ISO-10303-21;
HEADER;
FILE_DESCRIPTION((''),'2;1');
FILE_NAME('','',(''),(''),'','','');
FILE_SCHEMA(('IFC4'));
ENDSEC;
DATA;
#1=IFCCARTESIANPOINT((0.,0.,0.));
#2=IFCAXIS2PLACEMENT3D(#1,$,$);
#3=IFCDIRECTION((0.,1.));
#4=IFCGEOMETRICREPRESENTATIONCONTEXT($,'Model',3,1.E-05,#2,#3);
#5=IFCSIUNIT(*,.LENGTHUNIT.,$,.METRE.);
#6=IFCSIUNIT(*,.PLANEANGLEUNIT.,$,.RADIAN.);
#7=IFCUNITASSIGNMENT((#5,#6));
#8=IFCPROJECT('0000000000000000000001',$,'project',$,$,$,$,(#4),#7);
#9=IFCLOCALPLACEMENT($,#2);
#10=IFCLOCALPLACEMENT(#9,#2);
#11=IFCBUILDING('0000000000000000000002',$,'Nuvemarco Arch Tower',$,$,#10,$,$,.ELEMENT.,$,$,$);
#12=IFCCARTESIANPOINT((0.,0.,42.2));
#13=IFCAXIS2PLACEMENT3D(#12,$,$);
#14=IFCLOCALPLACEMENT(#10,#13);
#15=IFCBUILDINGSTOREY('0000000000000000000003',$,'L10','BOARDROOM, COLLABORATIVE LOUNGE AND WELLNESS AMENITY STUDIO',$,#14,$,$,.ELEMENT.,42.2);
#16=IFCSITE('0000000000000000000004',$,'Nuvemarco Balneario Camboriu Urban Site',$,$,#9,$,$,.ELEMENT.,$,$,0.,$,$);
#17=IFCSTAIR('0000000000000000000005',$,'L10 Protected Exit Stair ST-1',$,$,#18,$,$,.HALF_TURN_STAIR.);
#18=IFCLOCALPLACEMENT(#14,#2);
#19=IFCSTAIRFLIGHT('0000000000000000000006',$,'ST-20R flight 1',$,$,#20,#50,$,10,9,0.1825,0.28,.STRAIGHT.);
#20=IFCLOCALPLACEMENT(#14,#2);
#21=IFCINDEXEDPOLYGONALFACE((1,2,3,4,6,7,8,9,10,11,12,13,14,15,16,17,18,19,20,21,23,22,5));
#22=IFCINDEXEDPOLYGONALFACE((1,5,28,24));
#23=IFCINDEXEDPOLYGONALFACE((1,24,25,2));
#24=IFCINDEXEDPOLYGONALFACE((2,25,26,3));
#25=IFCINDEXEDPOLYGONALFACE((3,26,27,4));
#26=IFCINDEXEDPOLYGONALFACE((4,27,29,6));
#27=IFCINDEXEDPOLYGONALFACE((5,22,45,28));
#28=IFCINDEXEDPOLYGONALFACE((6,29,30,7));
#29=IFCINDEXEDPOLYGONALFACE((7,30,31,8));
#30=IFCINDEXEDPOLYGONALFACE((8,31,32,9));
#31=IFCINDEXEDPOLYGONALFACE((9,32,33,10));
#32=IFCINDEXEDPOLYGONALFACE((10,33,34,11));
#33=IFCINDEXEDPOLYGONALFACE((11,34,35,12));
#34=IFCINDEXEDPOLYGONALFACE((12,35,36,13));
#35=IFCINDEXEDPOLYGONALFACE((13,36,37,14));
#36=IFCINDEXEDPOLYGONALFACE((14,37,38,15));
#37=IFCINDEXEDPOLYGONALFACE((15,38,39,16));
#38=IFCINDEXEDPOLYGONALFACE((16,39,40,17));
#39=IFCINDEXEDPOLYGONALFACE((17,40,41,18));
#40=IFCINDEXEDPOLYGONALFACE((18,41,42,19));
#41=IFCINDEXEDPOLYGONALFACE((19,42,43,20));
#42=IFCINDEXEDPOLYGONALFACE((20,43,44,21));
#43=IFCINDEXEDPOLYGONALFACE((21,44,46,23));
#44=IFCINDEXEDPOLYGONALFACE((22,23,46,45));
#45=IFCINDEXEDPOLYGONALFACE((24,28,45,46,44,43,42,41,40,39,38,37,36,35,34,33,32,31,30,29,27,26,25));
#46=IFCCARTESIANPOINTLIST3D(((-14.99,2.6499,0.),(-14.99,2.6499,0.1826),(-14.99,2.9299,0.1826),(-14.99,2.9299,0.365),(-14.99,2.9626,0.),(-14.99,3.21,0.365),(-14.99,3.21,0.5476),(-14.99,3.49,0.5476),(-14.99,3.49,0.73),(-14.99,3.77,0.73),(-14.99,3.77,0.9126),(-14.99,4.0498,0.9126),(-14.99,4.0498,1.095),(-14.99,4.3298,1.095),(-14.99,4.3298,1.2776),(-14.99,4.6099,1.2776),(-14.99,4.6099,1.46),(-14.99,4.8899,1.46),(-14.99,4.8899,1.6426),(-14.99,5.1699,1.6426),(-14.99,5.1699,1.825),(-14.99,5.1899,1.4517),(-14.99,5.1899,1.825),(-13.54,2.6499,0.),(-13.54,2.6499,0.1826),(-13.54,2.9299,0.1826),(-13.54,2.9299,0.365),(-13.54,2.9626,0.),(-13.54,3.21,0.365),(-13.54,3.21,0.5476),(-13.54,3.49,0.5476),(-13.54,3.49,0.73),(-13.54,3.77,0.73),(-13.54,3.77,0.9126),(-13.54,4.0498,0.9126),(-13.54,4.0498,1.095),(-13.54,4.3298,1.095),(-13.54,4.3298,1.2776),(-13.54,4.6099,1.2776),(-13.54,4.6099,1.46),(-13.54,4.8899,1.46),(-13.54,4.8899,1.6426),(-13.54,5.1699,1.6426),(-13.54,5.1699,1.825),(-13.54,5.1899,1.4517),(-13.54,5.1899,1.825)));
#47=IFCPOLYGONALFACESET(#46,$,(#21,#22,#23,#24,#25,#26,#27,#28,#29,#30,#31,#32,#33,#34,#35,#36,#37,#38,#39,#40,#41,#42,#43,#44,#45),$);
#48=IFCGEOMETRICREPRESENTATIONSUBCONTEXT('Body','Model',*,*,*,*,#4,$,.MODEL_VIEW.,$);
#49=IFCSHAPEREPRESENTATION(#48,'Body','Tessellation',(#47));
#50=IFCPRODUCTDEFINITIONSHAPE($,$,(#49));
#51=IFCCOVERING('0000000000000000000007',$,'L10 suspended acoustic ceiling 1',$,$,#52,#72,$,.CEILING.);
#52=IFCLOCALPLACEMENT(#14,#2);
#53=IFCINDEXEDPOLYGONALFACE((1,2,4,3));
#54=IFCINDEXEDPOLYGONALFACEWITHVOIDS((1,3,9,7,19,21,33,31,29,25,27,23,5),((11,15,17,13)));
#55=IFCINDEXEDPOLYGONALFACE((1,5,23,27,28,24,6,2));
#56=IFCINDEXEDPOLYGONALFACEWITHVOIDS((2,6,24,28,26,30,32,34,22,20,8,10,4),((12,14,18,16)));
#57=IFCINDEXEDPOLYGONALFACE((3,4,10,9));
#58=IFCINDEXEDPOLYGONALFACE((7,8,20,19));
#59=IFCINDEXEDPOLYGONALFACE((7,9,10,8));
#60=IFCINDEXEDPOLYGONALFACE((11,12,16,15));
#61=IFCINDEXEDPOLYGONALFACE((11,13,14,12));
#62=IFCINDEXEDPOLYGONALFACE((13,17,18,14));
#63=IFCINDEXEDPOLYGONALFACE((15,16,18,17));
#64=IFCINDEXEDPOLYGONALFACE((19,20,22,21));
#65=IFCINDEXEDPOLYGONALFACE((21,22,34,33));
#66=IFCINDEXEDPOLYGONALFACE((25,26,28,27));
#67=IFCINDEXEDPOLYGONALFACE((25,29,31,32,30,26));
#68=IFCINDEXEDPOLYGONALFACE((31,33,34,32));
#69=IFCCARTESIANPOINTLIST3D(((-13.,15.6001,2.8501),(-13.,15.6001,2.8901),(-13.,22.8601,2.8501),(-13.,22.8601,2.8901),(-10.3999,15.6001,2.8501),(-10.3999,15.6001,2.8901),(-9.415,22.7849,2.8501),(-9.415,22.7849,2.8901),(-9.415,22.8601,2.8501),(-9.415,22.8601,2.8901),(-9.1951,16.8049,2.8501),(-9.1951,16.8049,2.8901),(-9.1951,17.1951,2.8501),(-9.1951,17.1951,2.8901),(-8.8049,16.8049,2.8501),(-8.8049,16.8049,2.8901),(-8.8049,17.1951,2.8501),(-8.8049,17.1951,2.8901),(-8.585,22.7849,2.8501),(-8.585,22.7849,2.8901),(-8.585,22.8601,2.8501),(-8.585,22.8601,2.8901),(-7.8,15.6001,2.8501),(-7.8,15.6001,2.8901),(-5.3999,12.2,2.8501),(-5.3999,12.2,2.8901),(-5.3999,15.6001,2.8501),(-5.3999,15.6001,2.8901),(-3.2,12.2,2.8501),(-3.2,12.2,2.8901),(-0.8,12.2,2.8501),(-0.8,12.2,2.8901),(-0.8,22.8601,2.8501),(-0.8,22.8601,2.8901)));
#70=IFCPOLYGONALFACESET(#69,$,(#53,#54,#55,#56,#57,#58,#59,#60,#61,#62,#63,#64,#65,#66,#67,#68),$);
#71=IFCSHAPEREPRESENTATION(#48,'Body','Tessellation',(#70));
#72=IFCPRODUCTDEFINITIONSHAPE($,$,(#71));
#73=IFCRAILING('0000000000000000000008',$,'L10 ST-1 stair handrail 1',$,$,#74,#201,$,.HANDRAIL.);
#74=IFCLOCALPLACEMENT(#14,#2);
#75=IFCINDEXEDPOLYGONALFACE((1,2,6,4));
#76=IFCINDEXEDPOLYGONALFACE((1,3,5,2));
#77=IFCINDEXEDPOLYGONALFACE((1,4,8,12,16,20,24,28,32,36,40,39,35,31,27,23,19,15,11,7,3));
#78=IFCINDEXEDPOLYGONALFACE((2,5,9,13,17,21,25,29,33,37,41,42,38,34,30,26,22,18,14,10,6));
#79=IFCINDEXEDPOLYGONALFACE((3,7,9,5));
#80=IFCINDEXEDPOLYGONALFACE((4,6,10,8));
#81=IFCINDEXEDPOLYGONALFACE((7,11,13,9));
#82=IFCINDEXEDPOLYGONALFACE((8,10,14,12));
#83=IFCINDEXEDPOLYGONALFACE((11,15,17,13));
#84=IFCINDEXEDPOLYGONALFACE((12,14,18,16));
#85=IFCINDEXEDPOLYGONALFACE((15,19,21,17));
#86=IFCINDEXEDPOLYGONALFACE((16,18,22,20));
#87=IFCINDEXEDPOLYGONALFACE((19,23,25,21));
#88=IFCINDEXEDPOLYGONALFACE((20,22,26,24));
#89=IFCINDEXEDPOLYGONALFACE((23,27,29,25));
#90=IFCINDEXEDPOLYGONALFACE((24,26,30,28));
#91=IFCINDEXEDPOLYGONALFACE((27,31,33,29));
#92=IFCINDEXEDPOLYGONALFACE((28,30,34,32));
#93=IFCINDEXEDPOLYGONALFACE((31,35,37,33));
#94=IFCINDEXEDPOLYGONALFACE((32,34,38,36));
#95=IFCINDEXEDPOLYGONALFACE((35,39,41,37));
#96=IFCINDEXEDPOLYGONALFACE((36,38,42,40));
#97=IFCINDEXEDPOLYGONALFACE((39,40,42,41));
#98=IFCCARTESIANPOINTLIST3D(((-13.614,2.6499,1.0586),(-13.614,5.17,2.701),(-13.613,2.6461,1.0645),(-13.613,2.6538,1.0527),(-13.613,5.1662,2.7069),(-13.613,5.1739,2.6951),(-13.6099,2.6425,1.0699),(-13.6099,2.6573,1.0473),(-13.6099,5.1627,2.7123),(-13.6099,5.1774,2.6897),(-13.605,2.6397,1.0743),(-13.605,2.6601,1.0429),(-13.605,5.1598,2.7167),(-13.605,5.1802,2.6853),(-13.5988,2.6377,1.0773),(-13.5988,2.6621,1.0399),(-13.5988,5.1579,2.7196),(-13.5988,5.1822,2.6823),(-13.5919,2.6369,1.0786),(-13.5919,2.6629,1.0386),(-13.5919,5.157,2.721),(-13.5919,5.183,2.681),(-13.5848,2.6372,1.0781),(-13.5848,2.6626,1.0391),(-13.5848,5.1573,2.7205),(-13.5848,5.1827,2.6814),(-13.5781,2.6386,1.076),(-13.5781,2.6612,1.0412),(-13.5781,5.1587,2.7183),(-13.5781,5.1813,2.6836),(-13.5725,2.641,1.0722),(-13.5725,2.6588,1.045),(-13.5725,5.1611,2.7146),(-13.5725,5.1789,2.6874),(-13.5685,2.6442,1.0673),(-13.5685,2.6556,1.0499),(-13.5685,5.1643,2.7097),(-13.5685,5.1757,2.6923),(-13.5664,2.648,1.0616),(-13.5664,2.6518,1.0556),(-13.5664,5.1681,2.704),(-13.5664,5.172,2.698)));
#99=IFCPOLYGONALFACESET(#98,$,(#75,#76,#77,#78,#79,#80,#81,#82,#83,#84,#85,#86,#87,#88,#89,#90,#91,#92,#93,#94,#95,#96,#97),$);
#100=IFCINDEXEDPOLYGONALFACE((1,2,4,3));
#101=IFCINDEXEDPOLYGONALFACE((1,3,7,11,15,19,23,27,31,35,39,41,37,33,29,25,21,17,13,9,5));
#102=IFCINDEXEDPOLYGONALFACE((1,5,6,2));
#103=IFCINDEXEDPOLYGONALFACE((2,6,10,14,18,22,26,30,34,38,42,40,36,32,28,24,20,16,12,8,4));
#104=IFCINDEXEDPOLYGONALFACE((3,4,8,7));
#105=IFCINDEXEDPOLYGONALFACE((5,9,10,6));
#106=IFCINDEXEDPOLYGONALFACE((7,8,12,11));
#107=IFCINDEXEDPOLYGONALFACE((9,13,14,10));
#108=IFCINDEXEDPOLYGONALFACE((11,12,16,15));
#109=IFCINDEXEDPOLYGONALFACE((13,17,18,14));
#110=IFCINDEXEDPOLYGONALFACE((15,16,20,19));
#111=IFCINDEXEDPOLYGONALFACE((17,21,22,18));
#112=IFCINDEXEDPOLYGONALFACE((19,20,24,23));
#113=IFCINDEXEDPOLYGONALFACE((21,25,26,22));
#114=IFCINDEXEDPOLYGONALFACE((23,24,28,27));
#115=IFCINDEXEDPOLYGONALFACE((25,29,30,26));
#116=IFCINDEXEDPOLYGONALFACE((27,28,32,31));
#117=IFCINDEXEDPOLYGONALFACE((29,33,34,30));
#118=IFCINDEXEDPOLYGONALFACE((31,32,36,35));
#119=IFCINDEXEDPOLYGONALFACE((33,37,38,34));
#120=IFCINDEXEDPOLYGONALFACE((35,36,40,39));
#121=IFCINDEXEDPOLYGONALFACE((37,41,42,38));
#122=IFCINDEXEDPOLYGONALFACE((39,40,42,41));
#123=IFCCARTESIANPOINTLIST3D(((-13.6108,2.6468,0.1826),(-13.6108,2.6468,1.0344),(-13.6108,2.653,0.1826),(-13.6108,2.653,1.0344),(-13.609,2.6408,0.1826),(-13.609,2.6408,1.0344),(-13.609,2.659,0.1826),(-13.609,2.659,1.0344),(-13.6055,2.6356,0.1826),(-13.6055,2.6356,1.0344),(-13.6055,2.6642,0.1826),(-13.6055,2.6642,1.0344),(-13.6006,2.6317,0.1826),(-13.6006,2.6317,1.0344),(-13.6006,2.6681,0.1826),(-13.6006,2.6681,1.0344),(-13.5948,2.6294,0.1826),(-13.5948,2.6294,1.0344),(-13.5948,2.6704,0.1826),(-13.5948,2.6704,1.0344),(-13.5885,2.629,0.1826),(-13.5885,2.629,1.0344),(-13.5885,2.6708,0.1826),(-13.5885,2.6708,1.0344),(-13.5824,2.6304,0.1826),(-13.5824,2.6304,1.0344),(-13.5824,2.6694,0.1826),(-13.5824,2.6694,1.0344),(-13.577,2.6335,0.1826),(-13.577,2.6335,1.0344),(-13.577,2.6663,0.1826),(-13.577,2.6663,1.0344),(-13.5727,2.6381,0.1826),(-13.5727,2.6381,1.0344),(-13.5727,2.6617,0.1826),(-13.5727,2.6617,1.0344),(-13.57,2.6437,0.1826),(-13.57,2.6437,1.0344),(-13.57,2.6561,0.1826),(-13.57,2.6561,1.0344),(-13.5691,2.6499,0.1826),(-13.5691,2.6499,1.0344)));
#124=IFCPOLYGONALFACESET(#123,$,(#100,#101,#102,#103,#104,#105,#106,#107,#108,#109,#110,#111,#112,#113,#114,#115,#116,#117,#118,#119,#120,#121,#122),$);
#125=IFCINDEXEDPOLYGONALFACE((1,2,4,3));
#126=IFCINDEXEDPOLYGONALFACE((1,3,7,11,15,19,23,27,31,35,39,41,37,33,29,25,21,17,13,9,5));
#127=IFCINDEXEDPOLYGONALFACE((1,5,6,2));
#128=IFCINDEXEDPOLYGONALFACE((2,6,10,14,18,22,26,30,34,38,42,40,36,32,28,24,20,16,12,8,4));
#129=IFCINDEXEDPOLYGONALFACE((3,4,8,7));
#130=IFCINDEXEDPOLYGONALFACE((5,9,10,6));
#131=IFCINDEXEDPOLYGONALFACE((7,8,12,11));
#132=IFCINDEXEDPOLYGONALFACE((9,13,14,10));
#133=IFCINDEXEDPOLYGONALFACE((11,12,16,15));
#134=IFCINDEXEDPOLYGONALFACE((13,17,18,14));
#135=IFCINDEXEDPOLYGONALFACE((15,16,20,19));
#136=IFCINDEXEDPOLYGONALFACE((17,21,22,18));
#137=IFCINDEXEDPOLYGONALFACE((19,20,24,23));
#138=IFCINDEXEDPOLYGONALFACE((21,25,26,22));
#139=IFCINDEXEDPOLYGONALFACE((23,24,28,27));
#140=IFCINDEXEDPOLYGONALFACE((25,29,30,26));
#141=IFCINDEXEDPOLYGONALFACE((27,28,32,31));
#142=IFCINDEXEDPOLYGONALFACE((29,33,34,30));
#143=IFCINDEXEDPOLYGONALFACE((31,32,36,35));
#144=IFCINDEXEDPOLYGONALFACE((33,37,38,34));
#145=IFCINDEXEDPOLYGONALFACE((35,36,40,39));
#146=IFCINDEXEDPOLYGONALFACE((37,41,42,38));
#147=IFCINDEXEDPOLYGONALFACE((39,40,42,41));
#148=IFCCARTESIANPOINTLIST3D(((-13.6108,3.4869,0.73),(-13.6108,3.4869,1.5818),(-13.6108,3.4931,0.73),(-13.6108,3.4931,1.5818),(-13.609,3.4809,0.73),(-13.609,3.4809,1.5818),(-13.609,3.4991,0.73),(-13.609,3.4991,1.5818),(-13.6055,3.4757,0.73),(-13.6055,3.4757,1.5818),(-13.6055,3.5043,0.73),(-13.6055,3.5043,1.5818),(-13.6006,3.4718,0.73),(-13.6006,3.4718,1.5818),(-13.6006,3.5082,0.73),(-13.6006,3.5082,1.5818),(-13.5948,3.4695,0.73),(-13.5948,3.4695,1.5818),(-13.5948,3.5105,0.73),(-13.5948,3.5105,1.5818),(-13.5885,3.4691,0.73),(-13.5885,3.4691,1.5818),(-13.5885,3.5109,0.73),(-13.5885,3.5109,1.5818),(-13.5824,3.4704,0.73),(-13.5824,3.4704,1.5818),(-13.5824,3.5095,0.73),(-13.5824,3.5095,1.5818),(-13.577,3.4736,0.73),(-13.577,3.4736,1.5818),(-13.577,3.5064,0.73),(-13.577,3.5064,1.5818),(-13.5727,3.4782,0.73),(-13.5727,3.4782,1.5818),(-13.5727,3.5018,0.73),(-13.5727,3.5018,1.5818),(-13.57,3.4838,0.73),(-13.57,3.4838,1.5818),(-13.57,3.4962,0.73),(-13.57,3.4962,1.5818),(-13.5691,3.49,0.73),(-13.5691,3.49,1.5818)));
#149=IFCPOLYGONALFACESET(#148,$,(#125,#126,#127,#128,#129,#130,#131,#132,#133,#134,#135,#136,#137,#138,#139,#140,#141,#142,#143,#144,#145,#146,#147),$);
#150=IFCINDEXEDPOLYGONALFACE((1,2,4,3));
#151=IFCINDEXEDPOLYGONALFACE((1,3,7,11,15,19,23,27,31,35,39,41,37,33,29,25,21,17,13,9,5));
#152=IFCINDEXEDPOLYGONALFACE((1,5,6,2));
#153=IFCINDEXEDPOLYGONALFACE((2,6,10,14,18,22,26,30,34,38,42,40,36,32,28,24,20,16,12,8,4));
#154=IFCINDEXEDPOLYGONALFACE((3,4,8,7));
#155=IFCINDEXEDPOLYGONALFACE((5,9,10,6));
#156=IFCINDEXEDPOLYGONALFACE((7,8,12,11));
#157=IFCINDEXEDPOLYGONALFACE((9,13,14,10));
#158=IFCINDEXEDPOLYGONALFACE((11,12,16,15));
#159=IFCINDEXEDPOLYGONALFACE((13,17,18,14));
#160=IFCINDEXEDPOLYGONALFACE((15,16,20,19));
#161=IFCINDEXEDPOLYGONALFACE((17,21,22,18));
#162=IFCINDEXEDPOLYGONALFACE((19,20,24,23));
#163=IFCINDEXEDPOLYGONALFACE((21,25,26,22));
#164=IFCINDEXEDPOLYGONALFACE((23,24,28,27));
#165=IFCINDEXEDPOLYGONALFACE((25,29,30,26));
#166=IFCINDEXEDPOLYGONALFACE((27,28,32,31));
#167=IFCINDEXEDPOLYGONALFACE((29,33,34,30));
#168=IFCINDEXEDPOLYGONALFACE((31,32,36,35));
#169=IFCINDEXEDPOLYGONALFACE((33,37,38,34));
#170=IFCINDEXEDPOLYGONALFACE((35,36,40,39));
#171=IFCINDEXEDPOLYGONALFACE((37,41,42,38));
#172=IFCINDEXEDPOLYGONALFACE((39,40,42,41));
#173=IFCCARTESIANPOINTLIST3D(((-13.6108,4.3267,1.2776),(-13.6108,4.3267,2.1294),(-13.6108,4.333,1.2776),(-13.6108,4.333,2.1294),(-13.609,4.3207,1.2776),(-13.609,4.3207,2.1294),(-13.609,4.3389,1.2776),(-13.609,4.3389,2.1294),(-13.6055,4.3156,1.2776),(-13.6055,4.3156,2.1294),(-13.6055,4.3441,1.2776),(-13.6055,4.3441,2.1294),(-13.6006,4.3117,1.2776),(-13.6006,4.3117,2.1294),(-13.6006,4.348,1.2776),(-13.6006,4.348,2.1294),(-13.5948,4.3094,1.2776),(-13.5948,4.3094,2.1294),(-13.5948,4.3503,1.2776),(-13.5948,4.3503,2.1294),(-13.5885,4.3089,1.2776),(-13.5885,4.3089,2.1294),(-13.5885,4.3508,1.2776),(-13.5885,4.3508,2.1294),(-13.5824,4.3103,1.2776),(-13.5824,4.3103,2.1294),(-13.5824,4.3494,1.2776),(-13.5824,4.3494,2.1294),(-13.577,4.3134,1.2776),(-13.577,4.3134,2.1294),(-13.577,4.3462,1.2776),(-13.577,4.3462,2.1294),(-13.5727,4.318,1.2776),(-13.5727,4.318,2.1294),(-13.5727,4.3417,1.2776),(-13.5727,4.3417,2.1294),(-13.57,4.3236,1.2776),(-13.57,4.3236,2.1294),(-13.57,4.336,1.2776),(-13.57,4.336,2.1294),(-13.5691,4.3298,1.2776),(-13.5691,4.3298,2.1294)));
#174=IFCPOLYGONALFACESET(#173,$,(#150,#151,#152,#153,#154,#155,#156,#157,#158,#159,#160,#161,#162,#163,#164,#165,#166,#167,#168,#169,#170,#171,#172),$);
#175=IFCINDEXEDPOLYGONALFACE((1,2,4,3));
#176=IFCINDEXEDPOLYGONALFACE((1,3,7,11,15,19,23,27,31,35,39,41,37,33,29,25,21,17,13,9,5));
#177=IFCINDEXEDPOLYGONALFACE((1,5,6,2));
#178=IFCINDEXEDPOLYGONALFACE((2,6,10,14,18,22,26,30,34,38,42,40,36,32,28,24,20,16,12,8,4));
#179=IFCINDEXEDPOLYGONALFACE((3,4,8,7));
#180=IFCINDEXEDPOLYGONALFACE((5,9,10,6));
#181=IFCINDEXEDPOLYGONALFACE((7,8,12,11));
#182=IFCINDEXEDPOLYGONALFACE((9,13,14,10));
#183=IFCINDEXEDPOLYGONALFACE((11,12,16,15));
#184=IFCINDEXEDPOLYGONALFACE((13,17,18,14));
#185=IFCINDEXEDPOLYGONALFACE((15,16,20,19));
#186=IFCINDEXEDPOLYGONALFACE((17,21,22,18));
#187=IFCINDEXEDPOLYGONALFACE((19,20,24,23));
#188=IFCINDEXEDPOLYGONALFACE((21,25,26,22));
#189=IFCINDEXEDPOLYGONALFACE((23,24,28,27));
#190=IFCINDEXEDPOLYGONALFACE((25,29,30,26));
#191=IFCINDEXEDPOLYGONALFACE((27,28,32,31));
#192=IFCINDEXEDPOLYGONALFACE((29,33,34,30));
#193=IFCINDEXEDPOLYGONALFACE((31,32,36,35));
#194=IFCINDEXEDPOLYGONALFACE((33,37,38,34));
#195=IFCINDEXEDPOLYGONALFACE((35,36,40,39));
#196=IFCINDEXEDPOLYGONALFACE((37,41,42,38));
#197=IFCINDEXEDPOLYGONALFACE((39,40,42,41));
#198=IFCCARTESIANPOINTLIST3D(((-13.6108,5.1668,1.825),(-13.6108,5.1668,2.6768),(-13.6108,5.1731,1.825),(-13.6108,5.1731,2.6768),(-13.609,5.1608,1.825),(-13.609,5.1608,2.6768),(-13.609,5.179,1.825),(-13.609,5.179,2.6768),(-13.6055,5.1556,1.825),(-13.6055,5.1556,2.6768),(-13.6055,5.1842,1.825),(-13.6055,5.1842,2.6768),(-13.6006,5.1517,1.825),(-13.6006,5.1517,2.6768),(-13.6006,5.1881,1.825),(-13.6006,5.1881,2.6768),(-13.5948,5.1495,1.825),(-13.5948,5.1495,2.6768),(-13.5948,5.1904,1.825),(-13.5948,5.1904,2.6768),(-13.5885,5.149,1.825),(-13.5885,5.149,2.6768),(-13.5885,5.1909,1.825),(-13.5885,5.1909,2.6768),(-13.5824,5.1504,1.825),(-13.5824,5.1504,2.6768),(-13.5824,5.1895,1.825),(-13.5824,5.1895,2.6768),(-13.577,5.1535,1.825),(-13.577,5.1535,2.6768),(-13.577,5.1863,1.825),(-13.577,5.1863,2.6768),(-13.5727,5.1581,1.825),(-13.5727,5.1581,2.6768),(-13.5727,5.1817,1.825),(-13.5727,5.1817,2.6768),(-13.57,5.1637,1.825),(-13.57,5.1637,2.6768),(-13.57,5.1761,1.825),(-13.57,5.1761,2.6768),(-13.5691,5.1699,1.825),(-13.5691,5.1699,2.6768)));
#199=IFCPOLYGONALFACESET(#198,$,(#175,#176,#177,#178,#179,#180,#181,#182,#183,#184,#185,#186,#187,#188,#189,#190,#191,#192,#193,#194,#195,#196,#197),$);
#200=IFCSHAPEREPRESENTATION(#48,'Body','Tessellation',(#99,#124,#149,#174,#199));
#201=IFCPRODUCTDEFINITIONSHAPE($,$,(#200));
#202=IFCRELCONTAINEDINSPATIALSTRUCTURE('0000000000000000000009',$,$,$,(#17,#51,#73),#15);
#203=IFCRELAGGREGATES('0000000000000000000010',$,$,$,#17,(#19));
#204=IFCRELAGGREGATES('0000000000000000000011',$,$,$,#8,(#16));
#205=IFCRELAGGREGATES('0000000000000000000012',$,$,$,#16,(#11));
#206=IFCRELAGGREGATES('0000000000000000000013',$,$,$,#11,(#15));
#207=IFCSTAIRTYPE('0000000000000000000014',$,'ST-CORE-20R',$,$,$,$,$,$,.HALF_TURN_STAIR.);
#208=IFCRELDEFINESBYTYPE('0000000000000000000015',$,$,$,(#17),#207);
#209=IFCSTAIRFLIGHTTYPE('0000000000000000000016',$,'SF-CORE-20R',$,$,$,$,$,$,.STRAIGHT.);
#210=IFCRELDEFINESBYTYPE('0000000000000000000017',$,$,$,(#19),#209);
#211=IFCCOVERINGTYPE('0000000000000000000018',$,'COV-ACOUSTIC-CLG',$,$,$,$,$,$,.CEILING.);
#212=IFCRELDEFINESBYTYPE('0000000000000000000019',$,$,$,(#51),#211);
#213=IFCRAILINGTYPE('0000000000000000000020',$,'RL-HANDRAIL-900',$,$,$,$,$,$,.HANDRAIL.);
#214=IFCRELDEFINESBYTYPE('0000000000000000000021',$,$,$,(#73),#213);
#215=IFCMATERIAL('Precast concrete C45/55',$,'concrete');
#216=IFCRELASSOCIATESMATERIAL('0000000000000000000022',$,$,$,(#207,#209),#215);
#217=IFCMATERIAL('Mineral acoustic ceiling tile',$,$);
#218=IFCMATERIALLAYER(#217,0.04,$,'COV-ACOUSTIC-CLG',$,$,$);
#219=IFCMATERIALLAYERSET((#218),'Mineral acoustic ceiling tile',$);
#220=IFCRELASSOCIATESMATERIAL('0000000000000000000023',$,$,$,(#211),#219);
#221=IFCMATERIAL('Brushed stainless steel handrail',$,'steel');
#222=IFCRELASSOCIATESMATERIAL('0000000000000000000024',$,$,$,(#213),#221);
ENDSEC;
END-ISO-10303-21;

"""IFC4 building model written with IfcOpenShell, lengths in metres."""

from ifc_helpers import new_model, si_unit, direction, frame, origin, origin_2d, place, context, subcontext, project, spatial, polyline, circle, outline, extrude, material, layer, layer_set, type_object, element, aggregate, save


model = new_model("IFC4")

# Units and contexts
model_context = context("Model", 3, precision=1e-05, world=origin(), true_north=direction((0.0, 1.0)))
body_context = subcontext(model_context, "Body", "Model", "MODEL_VIEW")
ifc_project = project(units=[si_unit("LENGTHUNIT", "METRE"), si_unit("PLANEANGLEUNIT", "RADIAN")], contexts=[model_context])

# Site, building, storey
site_placement = place(None, origin())
site = spatial("IfcSite", under=ifc_project, at=site_placement, Name="Nuvemarco Balneario Camboriu Urban Site", CompositionType="ELEMENT", RefElevation=0.0)
building_placement = place(site_placement, origin())
building = spatial("IfcBuilding", under=site, at=building_placement, Name="Nuvemarco Arch Tower", CompositionType="ELEMENT")
storey_placement = place(building_placement, frame((0.0, 0.0, 42.2)))
storey = spatial("IfcBuildingStorey", under=building, at=storey_placement, Name="L10", Description="BOARDROOM, COLLABORATIVE LOUNGE AND WELLNESS AMENITY STUDIO", CompositionType="ELEMENT", Elevation=42.2)

# Shared definitions
ifc_material_1 = material(Name="Precast concrete C45/55", Category="concrete")
stair_type = type_object("IfcStairType", Name="ST-CORE-20R", PredefinedType="HALF_TURN_STAIR", material=ifc_material_1)

# Stair, stair flight
stair_1_placement = place(storey_placement, origin())
stair_1 = element("IfcStair", 1, at=stair_1_placement, inside=storey, type_object=stair_type, Name="L10 Protected Exit Stair ST-1", PredefinedType="HALF_TURN_STAIR")
stair_flight_type = type_object("IfcStairFlightType", Name="SF-CORE-20R", PredefinedType="STRAIGHT", material=ifc_material_1)
stair_flight_placement = place(storey_placement, frame((-14.2649, 2.6499, 0.0), z_axis=(0.0, 0.0, 1.0), x_axis=(0.0, 1.0, 0.0)))
stair_flight = element("IfcStairFlight", 2, at=stair_flight_placement, type_object=stair_flight_type, Name="ST-20R flight 1", NumberOfRisers=10, NumberOfTreads=9, PredefinedType="STRAIGHT", RiserHeight=0.1825, TreadLength=0.28, context=body_context, shape_type="SweptSolid", body=[
    extrude(outline(polyline([(0.0, 0.0), (0.0, 0.1826), (0.28, 0.1826), (0.28, 0.365), (0.5601, 0.365), (0.5601, 0.5476), (0.8401, 0.5476), (0.8401, 0.73), (1.1201, 0.73), (1.1201, 0.9126), (1.3999, 0.9126), (1.3999, 1.095), (1.6799, 1.095), (1.6799, 1.2776), (1.96, 1.2776), (1.96, 1.46), (2.24, 1.46), (2.24, 1.6426), (2.52, 1.6426), (2.52, 1.825), (2.54, 1.825), (2.54, 1.4517), (0.3127, 0.0), (0.0, 0.0)])), frame((0.0, 0.7251, 0.0), z_axis=(0.0, -1.0, 0.0), x_axis=(1.0, 0.0, 0.0)), (0.0, 0.0, 1.0), 1.45),
])
aggregate(stair_1, [stair_flight])

# Covering
ifc_material_2 = material(Name="Mineral acoustic ceiling tile")
ifc_layer_1 = layer(ifc_material_2, 0.04, Name="COV-ACOUSTIC-CLG")
ifc_layer_set_1 = layer_set([ifc_layer_1], Name="Mineral acoustic ceiling tile")
covering_type = type_object("IfcCoveringType", Name="COV-ACOUSTIC-CLG", PredefinedType="CEILING", material=ifc_layer_set_1)
covering_placement = place(storey_placement, frame((0.0, 0.0, 2.8501)))
element("IfcCovering", 3, at=covering_placement, inside=storey, type_object=covering_type, Name="L10 suspended acoustic ceiling 1", PredefinedType="CEILING", context=body_context, shape_type="SweptSolid", body=[
    extrude(outline(polyline([(-10.3999, 15.6001), (-13.0, 15.6001), (-13.0, 22.8601), (-9.415, 22.8601), (-9.415, 22.7849), (-8.585, 22.7849), (-8.585, 22.8601), (-0.8, 22.8601), (-0.8, 12.2), (-3.2, 12.2), (-5.3999, 12.2), (-5.3999, 15.6001), (-7.8, 15.6001), (-10.3999, 15.6001)]), holes=[polyline([(-8.8049, 16.8049), (-8.8049, 17.1951), (-9.1951, 17.1951), (-9.1951, 16.8049), (-8.8049, 16.8049)])]), origin(), (0.0, 0.0, 1.0), 0.04),
])

# Railing
ifc_material_3 = material(Name="Brushed stainless steel handrail", Category="steel")
railing_type = type_object("IfcRailingType", Name="RL-HANDRAIL-900", PredefinedType="HANDRAIL", material=ifc_material_3)
railing_placement = place(storey_placement, frame((-13.5901, 2.6499, 0.1826)))
element("IfcRailing", 4, at=railing_placement, inside=storey, type_object=railing_type, Name="L10 ST-1 stair handrail 1", PredefinedType="HANDRAIL", context=body_context, shape_type="SweptSolid", body=[
    extrude(circle(Radius=0.0239, at=origin_2d()), frame((0.0, 0.0, 0.876), z_axis=(0.0, 0.837787, 0.545998), x_axis=(-1.0, 0.0, 0.0)), (0.0, 0.0, 1.0), 3.0081),
    extrude(circle(Radius=0.021, at=origin_2d()), origin(), (0.0, 0.0, 1.0), 0.8518),
    extrude(circle(Radius=0.021, at=origin_2d()), frame((0.0, 0.8401, 0.5474)), (0.0, 0.0, 1.0), 0.8518),
    extrude(circle(Radius=0.021, at=origin_2d()), frame((0.0, 1.6799, 1.095)), (0.0, 0.0, 1.0), 0.8518),
    extrude(circle(Radius=0.021, at=origin_2d()), frame((0.0, 2.52, 1.6423)), (0.0, 0.0, 1.0), 0.8518),
])

save(model, "model.ifc")
